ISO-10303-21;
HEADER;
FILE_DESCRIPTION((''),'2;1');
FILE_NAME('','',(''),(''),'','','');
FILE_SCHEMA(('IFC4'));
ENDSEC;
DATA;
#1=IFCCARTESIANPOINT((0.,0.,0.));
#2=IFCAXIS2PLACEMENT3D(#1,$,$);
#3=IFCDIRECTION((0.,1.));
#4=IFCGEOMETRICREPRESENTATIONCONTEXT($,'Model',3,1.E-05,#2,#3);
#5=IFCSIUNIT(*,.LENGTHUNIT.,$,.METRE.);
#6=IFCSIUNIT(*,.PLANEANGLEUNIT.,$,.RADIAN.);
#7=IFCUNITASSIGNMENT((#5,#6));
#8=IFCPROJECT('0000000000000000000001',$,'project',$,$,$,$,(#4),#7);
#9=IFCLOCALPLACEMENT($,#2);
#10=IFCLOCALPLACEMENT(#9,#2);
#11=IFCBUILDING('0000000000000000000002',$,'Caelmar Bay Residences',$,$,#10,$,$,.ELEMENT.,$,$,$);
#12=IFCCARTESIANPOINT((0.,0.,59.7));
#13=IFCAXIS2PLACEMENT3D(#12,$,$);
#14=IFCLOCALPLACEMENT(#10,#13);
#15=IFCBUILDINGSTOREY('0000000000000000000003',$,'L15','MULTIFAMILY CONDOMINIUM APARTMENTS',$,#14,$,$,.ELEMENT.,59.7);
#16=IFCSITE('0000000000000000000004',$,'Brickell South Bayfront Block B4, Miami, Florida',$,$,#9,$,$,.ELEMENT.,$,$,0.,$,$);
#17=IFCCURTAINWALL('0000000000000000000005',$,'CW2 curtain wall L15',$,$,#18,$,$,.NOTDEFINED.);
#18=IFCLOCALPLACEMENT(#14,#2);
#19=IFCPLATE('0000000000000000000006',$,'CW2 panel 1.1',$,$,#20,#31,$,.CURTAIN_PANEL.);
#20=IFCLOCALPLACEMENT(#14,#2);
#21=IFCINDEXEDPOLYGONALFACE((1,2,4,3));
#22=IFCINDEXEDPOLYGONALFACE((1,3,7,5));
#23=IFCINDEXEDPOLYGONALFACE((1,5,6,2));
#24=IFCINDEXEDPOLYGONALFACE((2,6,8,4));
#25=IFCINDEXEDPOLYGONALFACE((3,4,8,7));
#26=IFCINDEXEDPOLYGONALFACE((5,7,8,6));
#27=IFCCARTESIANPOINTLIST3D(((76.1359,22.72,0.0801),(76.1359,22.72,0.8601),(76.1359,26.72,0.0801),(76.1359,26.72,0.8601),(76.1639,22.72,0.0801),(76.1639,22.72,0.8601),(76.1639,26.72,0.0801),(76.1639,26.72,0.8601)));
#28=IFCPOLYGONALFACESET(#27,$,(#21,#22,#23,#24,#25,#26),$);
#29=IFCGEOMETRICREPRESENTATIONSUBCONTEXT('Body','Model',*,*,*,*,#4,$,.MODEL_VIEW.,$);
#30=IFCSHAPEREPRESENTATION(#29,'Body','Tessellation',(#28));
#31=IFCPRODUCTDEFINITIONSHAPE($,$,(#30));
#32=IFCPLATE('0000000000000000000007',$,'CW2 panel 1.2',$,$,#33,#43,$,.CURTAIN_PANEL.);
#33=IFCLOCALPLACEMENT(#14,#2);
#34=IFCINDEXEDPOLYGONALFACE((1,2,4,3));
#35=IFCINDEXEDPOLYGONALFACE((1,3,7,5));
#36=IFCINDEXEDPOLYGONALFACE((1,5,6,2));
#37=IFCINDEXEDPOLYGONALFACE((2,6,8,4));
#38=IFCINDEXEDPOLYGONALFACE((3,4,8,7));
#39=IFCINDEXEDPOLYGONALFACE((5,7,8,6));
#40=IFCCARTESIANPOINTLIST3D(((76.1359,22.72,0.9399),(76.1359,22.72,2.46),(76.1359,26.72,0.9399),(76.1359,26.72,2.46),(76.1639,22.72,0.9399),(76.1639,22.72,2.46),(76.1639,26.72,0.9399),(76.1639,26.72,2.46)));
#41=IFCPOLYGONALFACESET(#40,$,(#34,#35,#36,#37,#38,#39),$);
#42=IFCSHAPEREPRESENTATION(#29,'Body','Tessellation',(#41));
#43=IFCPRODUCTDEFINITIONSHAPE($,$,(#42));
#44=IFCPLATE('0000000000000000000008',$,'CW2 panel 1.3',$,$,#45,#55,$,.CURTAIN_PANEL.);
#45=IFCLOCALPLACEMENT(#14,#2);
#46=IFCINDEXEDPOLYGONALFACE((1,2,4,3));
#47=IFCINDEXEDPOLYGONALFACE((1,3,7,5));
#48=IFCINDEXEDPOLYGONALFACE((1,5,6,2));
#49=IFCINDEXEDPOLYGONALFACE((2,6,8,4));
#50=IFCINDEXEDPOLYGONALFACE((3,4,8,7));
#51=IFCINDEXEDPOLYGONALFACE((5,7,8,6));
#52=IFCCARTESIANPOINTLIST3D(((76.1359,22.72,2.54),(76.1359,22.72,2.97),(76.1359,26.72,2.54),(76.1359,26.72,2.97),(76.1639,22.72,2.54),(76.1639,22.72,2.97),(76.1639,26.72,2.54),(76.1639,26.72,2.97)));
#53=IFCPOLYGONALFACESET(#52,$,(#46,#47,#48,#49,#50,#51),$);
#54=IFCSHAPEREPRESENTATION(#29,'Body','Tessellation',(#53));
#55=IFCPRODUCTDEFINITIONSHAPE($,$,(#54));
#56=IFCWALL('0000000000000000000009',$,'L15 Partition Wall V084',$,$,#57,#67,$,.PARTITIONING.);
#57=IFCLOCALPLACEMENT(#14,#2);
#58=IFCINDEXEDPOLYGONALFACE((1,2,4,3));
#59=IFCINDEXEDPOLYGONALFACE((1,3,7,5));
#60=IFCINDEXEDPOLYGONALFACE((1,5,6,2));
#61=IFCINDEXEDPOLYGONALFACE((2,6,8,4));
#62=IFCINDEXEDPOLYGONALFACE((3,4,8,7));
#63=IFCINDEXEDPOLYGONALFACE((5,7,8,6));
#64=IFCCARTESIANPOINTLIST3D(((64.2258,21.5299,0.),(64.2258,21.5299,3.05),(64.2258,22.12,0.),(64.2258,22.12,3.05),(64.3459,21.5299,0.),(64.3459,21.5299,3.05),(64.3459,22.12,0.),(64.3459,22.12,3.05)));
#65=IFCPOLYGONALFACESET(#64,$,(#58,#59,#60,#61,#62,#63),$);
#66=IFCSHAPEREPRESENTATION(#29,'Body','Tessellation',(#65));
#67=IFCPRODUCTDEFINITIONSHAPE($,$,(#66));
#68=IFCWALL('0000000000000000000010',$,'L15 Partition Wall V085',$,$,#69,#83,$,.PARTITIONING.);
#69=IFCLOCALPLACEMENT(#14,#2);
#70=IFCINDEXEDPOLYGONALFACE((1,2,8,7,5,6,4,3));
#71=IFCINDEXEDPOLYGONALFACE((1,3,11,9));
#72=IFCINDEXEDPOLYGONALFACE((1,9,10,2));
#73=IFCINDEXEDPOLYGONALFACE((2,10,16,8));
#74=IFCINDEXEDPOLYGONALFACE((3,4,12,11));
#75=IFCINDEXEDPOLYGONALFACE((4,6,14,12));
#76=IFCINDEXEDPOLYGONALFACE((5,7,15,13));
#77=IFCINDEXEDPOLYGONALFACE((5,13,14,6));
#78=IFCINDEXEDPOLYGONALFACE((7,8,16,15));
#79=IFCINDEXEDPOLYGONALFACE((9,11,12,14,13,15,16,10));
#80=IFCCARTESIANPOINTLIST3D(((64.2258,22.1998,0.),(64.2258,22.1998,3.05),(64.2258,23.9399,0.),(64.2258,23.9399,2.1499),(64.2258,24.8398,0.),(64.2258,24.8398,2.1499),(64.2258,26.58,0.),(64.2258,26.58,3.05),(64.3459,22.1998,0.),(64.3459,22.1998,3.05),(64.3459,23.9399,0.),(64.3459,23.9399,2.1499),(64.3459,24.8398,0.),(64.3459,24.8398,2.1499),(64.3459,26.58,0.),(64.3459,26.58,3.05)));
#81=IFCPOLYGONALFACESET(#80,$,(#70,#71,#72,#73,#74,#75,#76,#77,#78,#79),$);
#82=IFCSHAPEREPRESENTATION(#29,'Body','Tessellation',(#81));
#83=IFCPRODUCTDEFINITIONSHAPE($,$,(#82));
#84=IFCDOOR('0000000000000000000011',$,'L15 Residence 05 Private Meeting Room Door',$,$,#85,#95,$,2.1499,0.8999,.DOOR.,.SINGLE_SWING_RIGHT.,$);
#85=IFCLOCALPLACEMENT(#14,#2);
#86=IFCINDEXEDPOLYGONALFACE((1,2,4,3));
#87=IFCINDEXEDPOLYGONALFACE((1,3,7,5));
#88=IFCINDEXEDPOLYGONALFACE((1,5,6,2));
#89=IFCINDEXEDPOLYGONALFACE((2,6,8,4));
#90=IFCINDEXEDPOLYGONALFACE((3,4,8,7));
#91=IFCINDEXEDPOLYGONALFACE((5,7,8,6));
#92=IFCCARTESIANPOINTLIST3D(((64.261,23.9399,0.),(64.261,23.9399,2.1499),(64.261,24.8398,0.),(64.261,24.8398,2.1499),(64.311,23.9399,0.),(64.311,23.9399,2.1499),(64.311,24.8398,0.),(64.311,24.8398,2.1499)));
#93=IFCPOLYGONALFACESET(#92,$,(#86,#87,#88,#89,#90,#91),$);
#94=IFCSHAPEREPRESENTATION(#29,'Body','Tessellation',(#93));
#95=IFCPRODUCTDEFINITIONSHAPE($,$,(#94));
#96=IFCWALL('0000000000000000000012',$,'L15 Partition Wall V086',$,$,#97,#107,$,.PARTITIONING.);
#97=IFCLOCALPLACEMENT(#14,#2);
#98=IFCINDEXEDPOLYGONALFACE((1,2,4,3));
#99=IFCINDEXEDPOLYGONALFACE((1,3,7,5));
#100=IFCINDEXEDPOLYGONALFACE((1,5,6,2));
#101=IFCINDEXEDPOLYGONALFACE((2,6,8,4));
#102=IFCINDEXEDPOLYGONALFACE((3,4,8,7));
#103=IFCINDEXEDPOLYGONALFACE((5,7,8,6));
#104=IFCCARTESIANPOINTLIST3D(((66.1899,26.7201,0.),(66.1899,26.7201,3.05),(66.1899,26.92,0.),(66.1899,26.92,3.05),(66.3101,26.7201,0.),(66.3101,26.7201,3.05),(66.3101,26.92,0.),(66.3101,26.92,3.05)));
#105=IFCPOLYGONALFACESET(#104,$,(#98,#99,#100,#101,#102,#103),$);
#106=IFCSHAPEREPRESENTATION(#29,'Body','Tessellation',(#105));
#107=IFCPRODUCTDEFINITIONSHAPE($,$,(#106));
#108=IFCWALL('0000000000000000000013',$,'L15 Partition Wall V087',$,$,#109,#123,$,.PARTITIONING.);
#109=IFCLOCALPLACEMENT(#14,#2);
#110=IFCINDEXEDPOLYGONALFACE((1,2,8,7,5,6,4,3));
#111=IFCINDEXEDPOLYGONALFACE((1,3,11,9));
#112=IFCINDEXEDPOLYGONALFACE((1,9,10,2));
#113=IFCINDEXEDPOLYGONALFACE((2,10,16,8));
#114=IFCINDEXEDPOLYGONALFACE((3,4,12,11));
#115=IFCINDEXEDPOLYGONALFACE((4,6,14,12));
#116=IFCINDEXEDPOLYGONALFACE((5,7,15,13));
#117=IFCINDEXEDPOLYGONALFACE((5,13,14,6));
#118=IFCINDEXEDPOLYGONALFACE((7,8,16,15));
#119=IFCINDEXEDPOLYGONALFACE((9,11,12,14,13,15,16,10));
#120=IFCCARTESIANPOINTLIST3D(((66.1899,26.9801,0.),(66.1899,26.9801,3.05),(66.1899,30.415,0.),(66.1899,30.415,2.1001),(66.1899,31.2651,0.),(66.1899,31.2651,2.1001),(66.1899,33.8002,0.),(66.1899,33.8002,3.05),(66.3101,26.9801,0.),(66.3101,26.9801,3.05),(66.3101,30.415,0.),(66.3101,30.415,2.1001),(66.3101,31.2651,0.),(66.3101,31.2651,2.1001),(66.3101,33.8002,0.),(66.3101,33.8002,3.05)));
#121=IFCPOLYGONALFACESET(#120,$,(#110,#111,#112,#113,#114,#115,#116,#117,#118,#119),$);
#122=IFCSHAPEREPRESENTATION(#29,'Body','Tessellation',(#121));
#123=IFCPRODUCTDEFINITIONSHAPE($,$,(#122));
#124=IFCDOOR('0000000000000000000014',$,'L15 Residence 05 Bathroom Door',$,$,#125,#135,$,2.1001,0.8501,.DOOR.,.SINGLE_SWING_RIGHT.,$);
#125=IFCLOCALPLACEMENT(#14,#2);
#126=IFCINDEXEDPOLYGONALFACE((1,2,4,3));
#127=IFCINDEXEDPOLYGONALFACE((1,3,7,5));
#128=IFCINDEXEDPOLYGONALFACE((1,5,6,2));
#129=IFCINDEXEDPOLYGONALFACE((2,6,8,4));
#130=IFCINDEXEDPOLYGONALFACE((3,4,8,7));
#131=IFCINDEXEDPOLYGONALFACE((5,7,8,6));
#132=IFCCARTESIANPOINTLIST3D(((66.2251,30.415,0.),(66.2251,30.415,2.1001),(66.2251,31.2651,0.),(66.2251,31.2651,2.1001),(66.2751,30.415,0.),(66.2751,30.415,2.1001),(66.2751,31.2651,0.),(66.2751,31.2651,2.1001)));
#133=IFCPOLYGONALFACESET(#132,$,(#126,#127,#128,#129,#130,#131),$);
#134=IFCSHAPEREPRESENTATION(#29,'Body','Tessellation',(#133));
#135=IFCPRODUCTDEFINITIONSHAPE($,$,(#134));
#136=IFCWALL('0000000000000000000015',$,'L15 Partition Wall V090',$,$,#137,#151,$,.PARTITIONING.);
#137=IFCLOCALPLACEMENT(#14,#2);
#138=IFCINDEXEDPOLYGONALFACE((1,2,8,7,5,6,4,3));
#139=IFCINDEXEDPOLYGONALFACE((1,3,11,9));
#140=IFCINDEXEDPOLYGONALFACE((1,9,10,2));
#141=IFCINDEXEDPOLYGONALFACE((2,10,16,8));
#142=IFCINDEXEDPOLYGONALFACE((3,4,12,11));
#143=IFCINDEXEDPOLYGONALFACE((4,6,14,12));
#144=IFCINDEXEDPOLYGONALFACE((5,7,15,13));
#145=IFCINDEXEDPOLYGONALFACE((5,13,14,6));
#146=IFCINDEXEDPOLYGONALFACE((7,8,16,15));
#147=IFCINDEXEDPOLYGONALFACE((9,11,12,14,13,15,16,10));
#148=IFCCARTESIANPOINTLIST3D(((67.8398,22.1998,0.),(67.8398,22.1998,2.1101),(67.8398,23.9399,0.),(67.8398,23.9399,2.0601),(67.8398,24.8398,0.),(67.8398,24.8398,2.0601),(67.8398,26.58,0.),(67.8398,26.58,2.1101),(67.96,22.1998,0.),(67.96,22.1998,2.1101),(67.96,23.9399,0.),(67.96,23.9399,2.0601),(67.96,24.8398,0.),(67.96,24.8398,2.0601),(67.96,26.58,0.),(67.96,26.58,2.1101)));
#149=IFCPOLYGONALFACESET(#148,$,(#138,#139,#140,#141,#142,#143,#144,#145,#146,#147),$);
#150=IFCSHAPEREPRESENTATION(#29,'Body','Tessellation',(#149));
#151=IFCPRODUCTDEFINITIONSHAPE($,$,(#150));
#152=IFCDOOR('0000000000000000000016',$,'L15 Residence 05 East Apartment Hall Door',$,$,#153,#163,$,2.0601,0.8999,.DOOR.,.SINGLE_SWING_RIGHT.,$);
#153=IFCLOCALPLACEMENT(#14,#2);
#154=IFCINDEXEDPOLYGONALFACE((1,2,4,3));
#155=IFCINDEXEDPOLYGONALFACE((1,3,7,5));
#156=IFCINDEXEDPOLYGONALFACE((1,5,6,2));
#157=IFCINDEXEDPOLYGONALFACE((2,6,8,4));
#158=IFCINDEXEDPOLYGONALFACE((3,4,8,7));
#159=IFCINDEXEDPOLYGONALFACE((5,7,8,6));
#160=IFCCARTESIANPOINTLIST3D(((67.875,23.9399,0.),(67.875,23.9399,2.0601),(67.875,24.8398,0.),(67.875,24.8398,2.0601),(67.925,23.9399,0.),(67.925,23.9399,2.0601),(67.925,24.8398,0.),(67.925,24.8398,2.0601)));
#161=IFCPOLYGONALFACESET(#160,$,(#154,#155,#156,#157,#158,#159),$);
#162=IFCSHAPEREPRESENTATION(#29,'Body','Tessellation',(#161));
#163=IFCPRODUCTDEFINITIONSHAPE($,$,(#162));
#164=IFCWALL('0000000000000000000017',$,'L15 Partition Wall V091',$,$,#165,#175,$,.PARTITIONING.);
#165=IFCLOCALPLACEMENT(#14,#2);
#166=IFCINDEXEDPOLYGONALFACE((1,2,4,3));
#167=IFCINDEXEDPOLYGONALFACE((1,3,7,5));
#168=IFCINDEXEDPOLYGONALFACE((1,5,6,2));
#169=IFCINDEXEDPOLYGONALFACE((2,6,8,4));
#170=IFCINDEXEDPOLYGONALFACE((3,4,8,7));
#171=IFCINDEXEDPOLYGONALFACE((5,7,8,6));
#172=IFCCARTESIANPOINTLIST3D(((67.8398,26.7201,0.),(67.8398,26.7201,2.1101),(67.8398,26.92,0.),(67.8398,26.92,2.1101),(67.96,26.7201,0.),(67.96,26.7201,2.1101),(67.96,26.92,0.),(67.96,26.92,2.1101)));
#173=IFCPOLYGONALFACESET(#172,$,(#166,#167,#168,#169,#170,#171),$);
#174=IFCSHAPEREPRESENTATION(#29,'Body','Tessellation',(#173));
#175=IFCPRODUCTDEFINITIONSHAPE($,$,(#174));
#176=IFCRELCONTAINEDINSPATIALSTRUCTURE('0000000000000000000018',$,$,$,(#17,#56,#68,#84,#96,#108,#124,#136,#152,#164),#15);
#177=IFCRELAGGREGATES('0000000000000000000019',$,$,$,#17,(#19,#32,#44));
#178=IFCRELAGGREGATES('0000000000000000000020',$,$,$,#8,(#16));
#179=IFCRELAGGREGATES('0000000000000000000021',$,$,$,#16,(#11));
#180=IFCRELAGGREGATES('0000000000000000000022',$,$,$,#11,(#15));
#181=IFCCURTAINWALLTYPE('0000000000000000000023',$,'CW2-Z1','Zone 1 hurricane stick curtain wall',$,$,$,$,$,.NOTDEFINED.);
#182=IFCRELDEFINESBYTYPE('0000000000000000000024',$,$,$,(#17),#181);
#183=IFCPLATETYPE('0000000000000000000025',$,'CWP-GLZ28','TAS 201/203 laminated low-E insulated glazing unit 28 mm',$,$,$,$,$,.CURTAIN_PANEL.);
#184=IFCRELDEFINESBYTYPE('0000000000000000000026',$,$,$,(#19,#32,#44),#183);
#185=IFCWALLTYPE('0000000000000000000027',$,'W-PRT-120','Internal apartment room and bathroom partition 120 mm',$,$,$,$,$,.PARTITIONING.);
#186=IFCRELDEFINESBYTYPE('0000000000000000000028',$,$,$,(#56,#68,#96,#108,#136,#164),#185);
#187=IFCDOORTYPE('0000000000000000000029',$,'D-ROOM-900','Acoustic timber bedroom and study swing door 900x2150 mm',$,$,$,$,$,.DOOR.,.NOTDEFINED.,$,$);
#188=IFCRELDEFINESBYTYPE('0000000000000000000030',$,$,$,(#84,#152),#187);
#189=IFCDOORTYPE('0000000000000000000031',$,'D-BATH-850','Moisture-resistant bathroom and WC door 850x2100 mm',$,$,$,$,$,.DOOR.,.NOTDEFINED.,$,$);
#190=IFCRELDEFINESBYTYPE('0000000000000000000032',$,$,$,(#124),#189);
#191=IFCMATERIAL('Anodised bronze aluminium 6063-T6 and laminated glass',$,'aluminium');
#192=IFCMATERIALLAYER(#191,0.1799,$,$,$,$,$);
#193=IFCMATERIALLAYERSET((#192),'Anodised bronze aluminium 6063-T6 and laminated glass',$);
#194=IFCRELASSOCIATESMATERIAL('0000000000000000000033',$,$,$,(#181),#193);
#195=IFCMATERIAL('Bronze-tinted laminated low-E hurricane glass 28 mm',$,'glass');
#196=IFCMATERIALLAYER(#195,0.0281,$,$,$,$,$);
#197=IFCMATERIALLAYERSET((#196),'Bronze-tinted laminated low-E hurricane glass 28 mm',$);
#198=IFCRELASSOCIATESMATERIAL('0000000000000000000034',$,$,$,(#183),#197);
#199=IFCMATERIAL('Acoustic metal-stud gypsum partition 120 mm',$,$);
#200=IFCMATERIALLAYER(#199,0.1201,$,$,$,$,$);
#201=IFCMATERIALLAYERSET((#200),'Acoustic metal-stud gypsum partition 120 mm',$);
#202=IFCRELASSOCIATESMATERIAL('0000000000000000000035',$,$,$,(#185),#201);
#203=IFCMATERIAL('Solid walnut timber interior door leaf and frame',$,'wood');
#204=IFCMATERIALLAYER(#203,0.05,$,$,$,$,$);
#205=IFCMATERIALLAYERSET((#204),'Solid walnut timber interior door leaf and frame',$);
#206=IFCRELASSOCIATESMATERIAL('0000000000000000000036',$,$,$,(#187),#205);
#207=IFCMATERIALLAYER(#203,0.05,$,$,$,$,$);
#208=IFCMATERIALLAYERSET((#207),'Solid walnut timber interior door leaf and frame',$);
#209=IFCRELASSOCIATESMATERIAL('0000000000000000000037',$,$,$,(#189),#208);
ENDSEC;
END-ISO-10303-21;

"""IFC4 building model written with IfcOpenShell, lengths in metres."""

from ifc_helpers import new_model, si_unit, direction, frame, frame_2d, origin, origin_2d, place, context, subcontext, project, spatial, rectangle, extrude, material, layer, layer_set, type_object, element, fill, aggregate, save


model = new_model("IFC4")

# Units and contexts
model_context = context("Model", 3, precision=1e-05, world=origin(), true_north=direction((0.0, 1.0)))
body_context = subcontext(model_context, "Body", "Model", "MODEL_VIEW")
ifc_project = project(units=[si_unit("LENGTHUNIT", "METRE"), si_unit("PLANEANGLEUNIT", "RADIAN")], contexts=[model_context])

# Site, building, storey
site_placement = place(None, origin())
site = spatial("IfcSite", under=ifc_project, at=site_placement, Name="Brickell South Bayfront Block B4, Miami, Florida", CompositionType="ELEMENT", RefElevation=0.0)
building_placement = place(site_placement, origin())
building = spatial("IfcBuilding", under=site, at=building_placement, Name="Caelmar Bay Residences", CompositionType="ELEMENT")
storey_placement = place(building_placement, frame((0.0, 0.0, 59.7)))
storey = spatial("IfcBuildingStorey", under=building, at=storey_placement, Name="L15", Description="MULTIFAMILY CONDOMINIUM APARTMENTS", CompositionType="ELEMENT", Elevation=59.7)

# Curtain wall, plates
ifc_material_1 = material(Name="Anodised bronze aluminium 6063-T6 and laminated glass", Category="aluminium")
ifc_layer_1 = layer(ifc_material_1, 0.1799)
ifc_layer_set_1 = layer_set([ifc_layer_1], Name="Anodised bronze aluminium 6063-T6 and laminated glass")
curtain_wall_type = type_object("IfcCurtainWallType", Name="CW2-Z1", Description="Zone 1 hurricane stick curtain wall", PredefinedType="NOTDEFINED", material=ifc_layer_set_1)
curtain_wall_placement = place(storey_placement, origin())
curtain_wall = element("IfcCurtainWall", 1, at=curtain_wall_placement, inside=storey, type_object=curtain_wall_type, Name="CW2 curtain wall L15", PredefinedType="NOTDEFINED")
ifc_material_2 = material(Name="Bronze-tinted laminated low-E hurricane glass 28 mm", Category="glass")
ifc_layer_2 = layer(ifc_material_2, 0.0281)
ifc_layer_set_2 = layer_set([ifc_layer_2], Name="Bronze-tinted laminated low-E hurricane glass 28 mm")
plate_type = type_object("IfcPlateType", Name="CWP-GLZ28", Description="TAS 201/203 laminated low-E insulated glazing unit 28 mm", PredefinedType="CURTAIN_PANEL", material=ifc_layer_set_2)
plate_1_placement = place(storey_placement, frame((76.1499, 24.72, 0.0801), z_axis=(0.0, 0.0, 1.0), x_axis=(0.0, -1.0, 0.0)))
plate_1 = element("IfcPlate", 2, at=plate_1_placement, type_object=plate_type, Name="CW2 panel 1.1", PredefinedType="CURTAIN_PANEL", context=body_context, shape_type="SweptSolid", body=[
    extrude(rectangle(XDim=4.0, YDim=0.0281, at=origin_2d()), origin(), (0.0, 0.0, 1.0), 0.78),
])
plate_2_placement = place(storey_placement, frame((76.1499, 24.72, 0.9399), z_axis=(0.0, 0.0, 1.0), x_axis=(0.0, -1.0, 0.0)))
plate_2 = element("IfcPlate", 3, at=plate_2_placement, type_object=plate_type, Name="CW2 panel 1.2", PredefinedType="CURTAIN_PANEL", context=body_context, shape_type="SweptSolid", body=[
    extrude(rectangle(XDim=4.0, YDim=0.0281, at=origin_2d()), origin(), (0.0, 0.0, 1.0), 1.52),
])
plate_3_placement = place(storey_placement, frame((76.1499, 24.72, 2.54), z_axis=(0.0, 0.0, 1.0), x_axis=(0.0, -1.0, 0.0)))
plate_3 = element("IfcPlate", 4, at=plate_3_placement, type_object=plate_type, Name="CW2 panel 1.3", PredefinedType="CURTAIN_PANEL", context=body_context, shape_type="SweptSolid", body=[
    extrude(rectangle(XDim=4.0, YDim=0.0281, at=origin_2d()), origin(), (0.0, 0.0, 1.0), 0.4299),
])
aggregate(curtain_wall, [plate_1, plate_2, plate_3])

# Wall
ifc_material_3 = material(Name="Acoustic metal-stud gypsum partition 120 mm")
ifc_layer_3 = layer(ifc_material_3, 0.1201)
ifc_layer_set_3 = layer_set([ifc_layer_3], Name="Acoustic metal-stud gypsum partition 120 mm")
wall_type = type_object("IfcWallType", Name="W-PRT-120", Description="Internal apartment room and bathroom partition 120 mm", PredefinedType="PARTITIONING", material=ifc_layer_set_3)
wall_1_placement = place(storey_placement, frame((64.2859, 21.53, 0.0), z_axis=(0.0, 0.0, 1.0), x_axis=(0.0, 1.0, 0.0)))
element("IfcWall", 5, at=wall_1_placement, inside=storey, type_object=wall_type, Name="L15 Partition Wall V084", PredefinedType="PARTITIONING", context=body_context, shape_type="SweptSolid", body=[
    extrude(rectangle(XDim=0.5901, YDim=0.1201, at=frame_2d((0.2949, 0.0))), origin(), (0.0, 0.0, 1.0), 3.05),
])

# Wall, opening, door
wall_2_placement = place(storey_placement, frame((64.2859, 22.2, 0.0), z_axis=(0.0, 0.0, 1.0), x_axis=(0.0, 1.0, 0.0)))
wall_2 = element("IfcWall", 6, at=wall_2_placement, inside=storey, type_object=wall_type, Name="L15 Partition Wall V085", PredefinedType="PARTITIONING", context=body_context, shape_type="SweptSolid", body=[
    extrude(rectangle(XDim=4.3801, YDim=0.1201, at=frame_2d((2.1899, 0.0))), origin(), (0.0, 0.0, 1.0), 3.05),
])
opening_1_placement = place(wall_2_placement, frame((1.74, 0.0, 0.0)))
opening_1 = element("IfcOpeningElement", 7, at=opening_1_placement, cuts=wall_2, PredefinedType="OPENING", context=body_context, shape_type="SweptSolid", body=[
    extrude(rectangle(XDim=0.8999, YDim=2.1499, at=frame_2d((0.45, 1.075))), frame((0.0, 0.0701, 0.0), z_axis=(0.0, -1.0, 0.0), x_axis=(1.0, 0.0, 0.0)), (0.0, 0.0, 1.0), 0.1401),
])
ifc_material_4 = material(Name="Solid walnut timber interior door leaf and frame", Category="wood")
ifc_layer_4 = layer(ifc_material_4, 0.05)
ifc_layer_set_4 = layer_set([ifc_layer_4], Name="Solid walnut timber interior door leaf and frame")
door_type_1 = type_object("IfcDoorType", Name="D-ROOM-900", Description="Acoustic timber bedroom and study swing door 900x2150 mm", OperationType="NOTDEFINED", PredefinedType="DOOR", material=ifc_layer_set_4)
door_1_placement = place(opening_1_placement, origin())
door_1 = element("IfcDoor", 8, at=door_1_placement, inside=storey, type_object=door_type_1, Name="L15 Residence 05 Private Meeting Room Door", OperationType="SINGLE_SWING_RIGHT", OverallHeight=2.1499, OverallWidth=0.8999, PredefinedType="DOOR", context=body_context, shape_type="SweptSolid", body=[
    extrude(rectangle(XDim=0.8999, YDim=2.1499, at=frame_2d((0.45, 1.075))), frame((0.0, 0.0249, 0.0), z_axis=(0.0, -1.0, 0.0), x_axis=(1.0, 0.0, 0.0)), (0.0, 0.0, 1.0), 0.05),
])
fill(opening_1, door_1)

# Wall
wall_3_placement = place(storey_placement, frame((66.25, 26.72, 0.0), z_axis=(0.0, 0.0, 1.0), x_axis=(0.0, 1.0, 0.0)))
element("IfcWall", 9, at=wall_3_placement, inside=storey, type_object=wall_type, Name="L15 Partition Wall V086", PredefinedType="PARTITIONING", context=body_context, shape_type="SweptSolid", body=[
    extrude(rectangle(XDim=0.2, YDim=0.1201, at=frame_2d((0.1001, 0.0))), origin(), (0.0, 0.0, 1.0), 3.05),
])

# Walls, openings, doors
wall_4_placement = place(storey_placement, frame((66.25, 26.98, 0.0), z_axis=(0.0, 0.0, 1.0), x_axis=(0.0, 1.0, 0.0)))
wall_4 = element("IfcWall", 10, at=wall_4_placement, inside=storey, type_object=wall_type, Name="L15 Partition Wall V087", PredefinedType="PARTITIONING", context=body_context, shape_type="SweptSolid", body=[
    extrude(rectangle(XDim=6.8201, YDim=0.1201, at=frame_2d((3.4102, 0.0))), origin(), (0.0, 0.0, 1.0), 3.05),
])
opening_2_placement = place(wall_4_placement, frame((3.4351, 0.0, 0.0)))
opening_2 = element("IfcOpeningElement", 11, at=opening_2_placement, cuts=wall_4, PredefinedType="OPENING", context=body_context, shape_type="SweptSolid", body=[
    extrude(rectangle(XDim=0.8501, YDim=2.1001, at=frame_2d((0.425, 1.05))), frame((0.0, 0.0701, 0.0), z_axis=(0.0, -1.0, 0.0), x_axis=(1.0, 0.0, 0.0)), (0.0, 0.0, 1.0), 0.1401),
])
ifc_layer_5 = layer(ifc_material_4, 0.05)
ifc_layer_set_5 = layer_set([ifc_layer_5], Name="Solid walnut timber interior door leaf and frame")
door_type_2 = type_object("IfcDoorType", Name="D-BATH-850", Description="Moisture-resistant bathroom and WC door 850x2100 mm", OperationType="NOTDEFINED", PredefinedType="DOOR", material=ifc_layer_set_5)
door_2_placement = place(opening_2_placement, origin())
door_2 = element("IfcDoor", 12, at=door_2_placement, inside=storey, type_object=door_type_2, Name="L15 Residence 05 Bathroom Door", OperationType="SINGLE_SWING_RIGHT", OverallHeight=2.1001, OverallWidth=0.8501, PredefinedType="DOOR", context=body_context, shape_type="SweptSolid", body=[
    extrude(rectangle(XDim=0.8501, YDim=2.1001, at=frame_2d((0.425, 1.05))), frame((0.0, 0.0249, 0.0), z_axis=(0.0, -1.0, 0.0), x_axis=(1.0, 0.0, 0.0)), (0.0, 0.0, 1.0), 0.05),
])
fill(opening_2, door_2)
wall_5_placement = place(storey_placement, frame((67.8999, 22.2, 0.0), z_axis=(0.0, 0.0, 1.0), x_axis=(0.0, 1.0, 0.0)))
wall_5 = element("IfcWall", 13, at=wall_5_placement, inside=storey, type_object=wall_type, Name="L15 Partition Wall V090", PredefinedType="PARTITIONING", context=body_context, shape_type="SweptSolid", body=[
    extrude(rectangle(XDim=4.3801, YDim=0.1201, at=frame_2d((2.1899, 0.0))), origin(), (0.0, 0.0, 1.0), 2.1101),
])
opening_3_placement = place(wall_5_placement, frame((1.74, 0.0, 0.0)))
opening_3 = element("IfcOpeningElement", 14, at=opening_3_placement, cuts=wall_5, PredefinedType="OPENING", context=body_context, shape_type="SweptSolid", body=[
    extrude(rectangle(XDim=0.8999, YDim=2.0601, at=frame_2d((0.45, 1.03))), frame((0.0, 0.0701, 0.0), z_axis=(0.0, -1.0, 0.0), x_axis=(1.0, 0.0, 0.0)), (0.0, 0.0, 1.0), 0.1401),
])
door_3_placement = place(opening_3_placement, origin())
door_3 = element("IfcDoor", 15, at=door_3_placement, inside=storey, type_object=door_type_1, Name="L15 Residence 05 East Apartment Hall Door", OperationType="SINGLE_SWING_RIGHT", OverallHeight=2.0601, OverallWidth=0.8999, PredefinedType="DOOR", context=body_context, shape_type="SweptSolid", body=[
    extrude(rectangle(XDim=0.8999, YDim=2.0601, at=frame_2d((0.45, 1.03))), frame((0.0, 0.0249, 0.0), z_axis=(0.0, -1.0, 0.0), x_axis=(1.0, 0.0, 0.0)), (0.0, 0.0, 1.0), 0.05),
])
fill(opening_3, door_3)

# Wall
wall_6_placement = place(storey_placement, frame((67.8999, 26.72, 0.0), z_axis=(0.0, 0.0, 1.0), x_axis=(0.0, 1.0, 0.0)))
element("IfcWall", 16, at=wall_6_placement, inside=storey, type_object=wall_type, Name="L15 Partition Wall V091", PredefinedType="PARTITIONING", context=body_context, shape_type="SweptSolid", body=[
    extrude(rectangle(XDim=0.2, YDim=0.1201, at=frame_2d((0.1001, 0.0))), origin(), (0.0, 0.0, 1.0), 2.1101),
])

save(model, "model.ifc")
